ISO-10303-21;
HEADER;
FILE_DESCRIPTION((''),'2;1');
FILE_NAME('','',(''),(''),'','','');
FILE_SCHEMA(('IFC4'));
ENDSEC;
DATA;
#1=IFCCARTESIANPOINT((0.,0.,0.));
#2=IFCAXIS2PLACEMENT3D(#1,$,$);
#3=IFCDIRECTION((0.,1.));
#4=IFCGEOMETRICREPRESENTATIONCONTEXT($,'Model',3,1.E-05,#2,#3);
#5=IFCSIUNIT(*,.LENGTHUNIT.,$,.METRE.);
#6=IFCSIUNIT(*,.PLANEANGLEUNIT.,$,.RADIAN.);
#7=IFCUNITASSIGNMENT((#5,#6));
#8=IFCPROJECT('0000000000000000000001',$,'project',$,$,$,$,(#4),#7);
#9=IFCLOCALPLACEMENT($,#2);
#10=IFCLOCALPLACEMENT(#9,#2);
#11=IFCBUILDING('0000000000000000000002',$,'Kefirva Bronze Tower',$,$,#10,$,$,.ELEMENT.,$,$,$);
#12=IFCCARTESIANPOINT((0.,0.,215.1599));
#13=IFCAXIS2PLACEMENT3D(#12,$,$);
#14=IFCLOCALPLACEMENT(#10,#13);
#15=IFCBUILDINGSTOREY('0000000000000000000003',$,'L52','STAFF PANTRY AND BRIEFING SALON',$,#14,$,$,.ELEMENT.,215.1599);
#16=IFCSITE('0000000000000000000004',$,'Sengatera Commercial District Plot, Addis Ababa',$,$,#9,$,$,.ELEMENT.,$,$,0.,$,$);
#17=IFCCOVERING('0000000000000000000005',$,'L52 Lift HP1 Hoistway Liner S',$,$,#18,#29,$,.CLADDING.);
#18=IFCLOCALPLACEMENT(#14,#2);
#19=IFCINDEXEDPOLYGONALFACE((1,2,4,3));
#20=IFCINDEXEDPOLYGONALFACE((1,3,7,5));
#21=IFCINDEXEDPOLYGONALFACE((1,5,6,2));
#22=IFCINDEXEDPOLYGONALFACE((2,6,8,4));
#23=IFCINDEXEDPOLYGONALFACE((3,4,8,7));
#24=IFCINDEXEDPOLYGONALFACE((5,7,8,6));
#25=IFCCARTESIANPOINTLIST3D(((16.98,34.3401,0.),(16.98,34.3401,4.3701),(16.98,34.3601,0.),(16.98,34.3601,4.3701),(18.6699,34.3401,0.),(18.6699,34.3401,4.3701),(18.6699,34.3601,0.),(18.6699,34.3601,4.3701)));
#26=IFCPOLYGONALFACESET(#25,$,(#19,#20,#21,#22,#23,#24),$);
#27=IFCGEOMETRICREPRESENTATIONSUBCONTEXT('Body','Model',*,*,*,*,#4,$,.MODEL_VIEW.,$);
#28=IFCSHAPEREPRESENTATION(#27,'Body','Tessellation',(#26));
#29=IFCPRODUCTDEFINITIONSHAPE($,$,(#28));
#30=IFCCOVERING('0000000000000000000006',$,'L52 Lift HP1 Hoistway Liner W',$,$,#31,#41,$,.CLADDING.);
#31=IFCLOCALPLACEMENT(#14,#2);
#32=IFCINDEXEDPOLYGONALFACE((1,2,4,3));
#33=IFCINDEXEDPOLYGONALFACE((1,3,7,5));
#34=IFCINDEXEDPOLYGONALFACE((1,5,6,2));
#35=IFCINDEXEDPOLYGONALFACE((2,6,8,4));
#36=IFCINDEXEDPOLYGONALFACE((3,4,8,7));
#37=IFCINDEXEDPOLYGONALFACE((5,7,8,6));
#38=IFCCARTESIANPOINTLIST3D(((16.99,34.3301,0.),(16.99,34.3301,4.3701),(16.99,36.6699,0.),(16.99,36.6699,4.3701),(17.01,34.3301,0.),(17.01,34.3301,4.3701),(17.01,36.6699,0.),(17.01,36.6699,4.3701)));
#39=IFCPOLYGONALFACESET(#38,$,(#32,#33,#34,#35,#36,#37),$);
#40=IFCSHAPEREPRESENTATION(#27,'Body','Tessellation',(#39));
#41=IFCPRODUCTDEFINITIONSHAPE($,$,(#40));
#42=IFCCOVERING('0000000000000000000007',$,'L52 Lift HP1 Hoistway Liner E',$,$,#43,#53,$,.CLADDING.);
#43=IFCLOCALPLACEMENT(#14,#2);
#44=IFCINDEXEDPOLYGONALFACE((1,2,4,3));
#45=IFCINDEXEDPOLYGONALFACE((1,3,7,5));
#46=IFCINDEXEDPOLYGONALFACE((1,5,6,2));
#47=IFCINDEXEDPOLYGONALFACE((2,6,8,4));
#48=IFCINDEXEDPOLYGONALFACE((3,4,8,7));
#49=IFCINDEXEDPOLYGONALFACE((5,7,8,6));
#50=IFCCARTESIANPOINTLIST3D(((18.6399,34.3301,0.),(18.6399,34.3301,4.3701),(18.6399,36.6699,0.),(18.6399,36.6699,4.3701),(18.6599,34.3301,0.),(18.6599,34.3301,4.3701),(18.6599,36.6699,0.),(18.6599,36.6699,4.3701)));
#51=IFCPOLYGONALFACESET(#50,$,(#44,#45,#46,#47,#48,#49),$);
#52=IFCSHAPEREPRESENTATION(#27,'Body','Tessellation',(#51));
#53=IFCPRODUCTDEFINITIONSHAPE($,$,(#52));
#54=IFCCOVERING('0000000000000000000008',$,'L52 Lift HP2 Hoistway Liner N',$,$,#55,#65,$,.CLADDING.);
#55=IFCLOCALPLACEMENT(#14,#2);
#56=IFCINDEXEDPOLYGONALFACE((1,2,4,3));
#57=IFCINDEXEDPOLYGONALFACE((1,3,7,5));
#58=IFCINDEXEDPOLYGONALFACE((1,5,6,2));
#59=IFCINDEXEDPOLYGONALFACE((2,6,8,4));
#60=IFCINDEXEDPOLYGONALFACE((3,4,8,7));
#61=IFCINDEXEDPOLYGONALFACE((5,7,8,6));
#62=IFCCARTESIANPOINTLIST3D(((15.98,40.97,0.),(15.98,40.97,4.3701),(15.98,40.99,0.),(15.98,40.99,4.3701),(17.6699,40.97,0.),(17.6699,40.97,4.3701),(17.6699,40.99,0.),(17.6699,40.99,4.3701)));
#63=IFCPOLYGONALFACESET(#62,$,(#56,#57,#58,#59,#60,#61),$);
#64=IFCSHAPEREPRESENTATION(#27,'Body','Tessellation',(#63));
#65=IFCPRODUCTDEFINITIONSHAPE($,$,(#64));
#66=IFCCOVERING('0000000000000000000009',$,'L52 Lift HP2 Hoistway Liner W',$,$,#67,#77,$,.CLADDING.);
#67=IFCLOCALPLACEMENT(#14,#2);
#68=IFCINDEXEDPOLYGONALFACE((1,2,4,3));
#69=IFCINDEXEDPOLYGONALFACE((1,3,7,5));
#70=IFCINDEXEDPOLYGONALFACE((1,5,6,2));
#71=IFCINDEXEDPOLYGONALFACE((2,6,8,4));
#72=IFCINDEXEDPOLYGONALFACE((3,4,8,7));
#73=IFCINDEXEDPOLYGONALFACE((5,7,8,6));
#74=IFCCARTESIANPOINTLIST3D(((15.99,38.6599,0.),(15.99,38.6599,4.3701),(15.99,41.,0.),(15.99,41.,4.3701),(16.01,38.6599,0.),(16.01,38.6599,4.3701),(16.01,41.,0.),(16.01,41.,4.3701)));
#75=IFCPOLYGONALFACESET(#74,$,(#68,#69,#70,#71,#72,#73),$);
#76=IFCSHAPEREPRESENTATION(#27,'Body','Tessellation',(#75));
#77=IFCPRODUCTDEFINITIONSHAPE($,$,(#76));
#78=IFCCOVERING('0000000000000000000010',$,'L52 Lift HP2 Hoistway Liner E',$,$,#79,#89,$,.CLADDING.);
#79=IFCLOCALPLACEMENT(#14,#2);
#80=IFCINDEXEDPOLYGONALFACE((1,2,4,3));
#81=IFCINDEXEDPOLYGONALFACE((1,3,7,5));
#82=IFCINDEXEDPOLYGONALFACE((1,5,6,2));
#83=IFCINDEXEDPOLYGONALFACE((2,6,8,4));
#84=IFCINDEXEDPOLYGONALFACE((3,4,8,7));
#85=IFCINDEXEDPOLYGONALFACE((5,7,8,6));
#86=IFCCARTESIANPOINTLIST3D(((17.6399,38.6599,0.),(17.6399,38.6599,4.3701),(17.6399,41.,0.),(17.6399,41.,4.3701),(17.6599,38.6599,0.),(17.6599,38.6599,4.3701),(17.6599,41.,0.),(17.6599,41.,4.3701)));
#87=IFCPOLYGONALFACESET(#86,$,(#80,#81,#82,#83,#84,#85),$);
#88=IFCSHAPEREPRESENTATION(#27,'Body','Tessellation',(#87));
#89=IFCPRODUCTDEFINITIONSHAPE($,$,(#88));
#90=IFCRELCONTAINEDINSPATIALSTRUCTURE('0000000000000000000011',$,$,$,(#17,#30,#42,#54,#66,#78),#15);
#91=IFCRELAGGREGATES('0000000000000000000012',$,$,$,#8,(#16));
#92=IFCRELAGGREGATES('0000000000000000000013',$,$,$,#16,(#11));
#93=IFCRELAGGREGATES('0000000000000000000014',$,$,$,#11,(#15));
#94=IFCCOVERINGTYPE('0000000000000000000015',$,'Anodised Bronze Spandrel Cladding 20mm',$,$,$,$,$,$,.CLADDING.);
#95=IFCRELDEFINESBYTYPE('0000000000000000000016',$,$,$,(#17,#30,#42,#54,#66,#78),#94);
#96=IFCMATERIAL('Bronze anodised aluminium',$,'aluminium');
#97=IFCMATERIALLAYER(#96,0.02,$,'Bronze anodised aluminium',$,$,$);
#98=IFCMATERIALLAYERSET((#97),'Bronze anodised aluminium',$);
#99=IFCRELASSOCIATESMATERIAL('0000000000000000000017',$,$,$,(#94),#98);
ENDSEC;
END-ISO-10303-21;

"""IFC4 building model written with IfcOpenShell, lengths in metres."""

from ifc_helpers import new_model, si_unit, direction, frame, origin, place, context, subcontext, project, spatial, polyline, outline, extrude, material, layer, layer_set, type_object, element, save


model = new_model("IFC4")

# Units and contexts
model_context = context("Model", 3, precision=1e-05, world=origin(), true_north=direction((0.0, 1.0)))
body_context = subcontext(model_context, "Body", "Model", "MODEL_VIEW")
ifc_project = project(units=[si_unit("LENGTHUNIT", "METRE"), si_unit("PLANEANGLEUNIT", "RADIAN")], contexts=[model_context])

# Site, building, storey
site_placement = place(None, origin())
site = spatial("IfcSite", under=ifc_project, at=site_placement, Name="Sengatera Commercial District Plot, Addis Ababa", CompositionType="ELEMENT", RefElevation=0.0)
building_placement = place(site_placement, origin())
building = spatial("IfcBuilding", under=site, at=building_placement, Name="Kefirva Bronze Tower", CompositionType="ELEMENT")
storey_placement = place(building_placement, frame((0.0, 0.0, 215.1599)))
storey = spatial("IfcBuildingStorey", under=building, at=storey_placement, Name="L52", Description="STAFF PANTRY AND BRIEFING SALON", CompositionType="ELEMENT", Elevation=215.1599)

# Coverings
ifc_material_1 = material(Name="Bronze anodised aluminium", Category="aluminium")
ifc_layer_1 = layer(ifc_material_1, 0.02, Name="Bronze anodised aluminium")
ifc_layer_set_1 = layer_set([ifc_layer_1], Name="Bronze anodised aluminium")
covering_type = type_object("IfcCoveringType", Name="Anodised Bronze Spandrel Cladding 20mm", PredefinedType="CLADDING", material=ifc_layer_set_1)
covering_1_placement = place(storey_placement, origin())
element("IfcCovering", 1, at=covering_1_placement, inside=storey, type_object=covering_type, Name="L52 Lift HP1 Hoistway Liner S", PredefinedType="CLADDING", context=body_context, shape_type="SweptSolid", body=[
    extrude(outline(polyline([(16.98, 34.3401), (18.6699, 34.3401), (18.6699, 34.3601), (16.98, 34.3601), (16.98, 34.3401)])), origin(), (0.0, 0.0, 1.0), 4.3701),
])
covering_2_placement = place(storey_placement, origin())
element("IfcCovering", 2, at=covering_2_placement, inside=storey, type_object=covering_type, Name="L52 Lift HP1 Hoistway Liner W", PredefinedType="CLADDING", context=body_context, shape_type="SweptSolid", body=[
    extrude(outline(polyline([(16.99, 34.3301), (17.01, 34.3301), (17.01, 36.6699), (16.99, 36.6699), (16.99, 34.3301)])), origin(), (0.0, 0.0, 1.0), 4.3701),
])
covering_3_placement = place(storey_placement, origin())
element("IfcCovering", 3, at=covering_3_placement, inside=storey, type_object=covering_type, Name="L52 Lift HP1 Hoistway Liner E", PredefinedType="CLADDING", context=body_context, shape_type="SweptSolid", body=[
    extrude(outline(polyline([(18.6399, 34.3301), (18.6599, 34.3301), (18.6599, 36.6699), (18.6399, 36.6699), (18.6399, 34.3301)])), origin(), (0.0, 0.0, 1.0), 4.3701),
])
covering_4_placement = place(storey_placement, origin())
element("IfcCovering", 4, at=covering_4_placement, inside=storey, type_object=covering_type, Name="L52 Lift HP2 Hoistway Liner N", PredefinedType="CLADDING", context=body_context, shape_type="SweptSolid", body=[
    extrude(outline(polyline([(15.98, 40.97), (17.6699, 40.97), (17.6699, 40.99), (15.98, 40.99), (15.98, 40.97)])), origin(), (0.0, 0.0, 1.0), 4.3701),
])
covering_5_placement = place(storey_placement, origin())
element("IfcCovering", 5, at=covering_5_placement, inside=storey, type_object=covering_type, Name="L52 Lift HP2 Hoistway Liner W", PredefinedType="CLADDING", context=body_context, shape_type="SweptSolid", body=[
    extrude(outline(polyline([(15.99, 38.6599), (16.01, 38.6599), (16.01, 41.0), (15.99, 41.0), (15.99, 38.6599)])), origin(), (0.0, 0.0, 1.0), 4.3701),
])
covering_6_placement = place(storey_placement, origin())
element("IfcCovering", 6, at=covering_6_placement, inside=storey, type_object=covering_type, Name="L52 Lift HP2 Hoistway Liner E", PredefinedType="CLADDING", context=body_context, shape_type="SweptSolid", body=[
    extrude(outline(polyline([(17.6399, 38.6599), (17.6599, 38.6599), (17.6599, 41.0), (17.6399, 41.0), (17.6399, 38.6599)])), origin(), (0.0, 0.0, 1.0), 4.3701),
])

save(model, "model.ifc")
